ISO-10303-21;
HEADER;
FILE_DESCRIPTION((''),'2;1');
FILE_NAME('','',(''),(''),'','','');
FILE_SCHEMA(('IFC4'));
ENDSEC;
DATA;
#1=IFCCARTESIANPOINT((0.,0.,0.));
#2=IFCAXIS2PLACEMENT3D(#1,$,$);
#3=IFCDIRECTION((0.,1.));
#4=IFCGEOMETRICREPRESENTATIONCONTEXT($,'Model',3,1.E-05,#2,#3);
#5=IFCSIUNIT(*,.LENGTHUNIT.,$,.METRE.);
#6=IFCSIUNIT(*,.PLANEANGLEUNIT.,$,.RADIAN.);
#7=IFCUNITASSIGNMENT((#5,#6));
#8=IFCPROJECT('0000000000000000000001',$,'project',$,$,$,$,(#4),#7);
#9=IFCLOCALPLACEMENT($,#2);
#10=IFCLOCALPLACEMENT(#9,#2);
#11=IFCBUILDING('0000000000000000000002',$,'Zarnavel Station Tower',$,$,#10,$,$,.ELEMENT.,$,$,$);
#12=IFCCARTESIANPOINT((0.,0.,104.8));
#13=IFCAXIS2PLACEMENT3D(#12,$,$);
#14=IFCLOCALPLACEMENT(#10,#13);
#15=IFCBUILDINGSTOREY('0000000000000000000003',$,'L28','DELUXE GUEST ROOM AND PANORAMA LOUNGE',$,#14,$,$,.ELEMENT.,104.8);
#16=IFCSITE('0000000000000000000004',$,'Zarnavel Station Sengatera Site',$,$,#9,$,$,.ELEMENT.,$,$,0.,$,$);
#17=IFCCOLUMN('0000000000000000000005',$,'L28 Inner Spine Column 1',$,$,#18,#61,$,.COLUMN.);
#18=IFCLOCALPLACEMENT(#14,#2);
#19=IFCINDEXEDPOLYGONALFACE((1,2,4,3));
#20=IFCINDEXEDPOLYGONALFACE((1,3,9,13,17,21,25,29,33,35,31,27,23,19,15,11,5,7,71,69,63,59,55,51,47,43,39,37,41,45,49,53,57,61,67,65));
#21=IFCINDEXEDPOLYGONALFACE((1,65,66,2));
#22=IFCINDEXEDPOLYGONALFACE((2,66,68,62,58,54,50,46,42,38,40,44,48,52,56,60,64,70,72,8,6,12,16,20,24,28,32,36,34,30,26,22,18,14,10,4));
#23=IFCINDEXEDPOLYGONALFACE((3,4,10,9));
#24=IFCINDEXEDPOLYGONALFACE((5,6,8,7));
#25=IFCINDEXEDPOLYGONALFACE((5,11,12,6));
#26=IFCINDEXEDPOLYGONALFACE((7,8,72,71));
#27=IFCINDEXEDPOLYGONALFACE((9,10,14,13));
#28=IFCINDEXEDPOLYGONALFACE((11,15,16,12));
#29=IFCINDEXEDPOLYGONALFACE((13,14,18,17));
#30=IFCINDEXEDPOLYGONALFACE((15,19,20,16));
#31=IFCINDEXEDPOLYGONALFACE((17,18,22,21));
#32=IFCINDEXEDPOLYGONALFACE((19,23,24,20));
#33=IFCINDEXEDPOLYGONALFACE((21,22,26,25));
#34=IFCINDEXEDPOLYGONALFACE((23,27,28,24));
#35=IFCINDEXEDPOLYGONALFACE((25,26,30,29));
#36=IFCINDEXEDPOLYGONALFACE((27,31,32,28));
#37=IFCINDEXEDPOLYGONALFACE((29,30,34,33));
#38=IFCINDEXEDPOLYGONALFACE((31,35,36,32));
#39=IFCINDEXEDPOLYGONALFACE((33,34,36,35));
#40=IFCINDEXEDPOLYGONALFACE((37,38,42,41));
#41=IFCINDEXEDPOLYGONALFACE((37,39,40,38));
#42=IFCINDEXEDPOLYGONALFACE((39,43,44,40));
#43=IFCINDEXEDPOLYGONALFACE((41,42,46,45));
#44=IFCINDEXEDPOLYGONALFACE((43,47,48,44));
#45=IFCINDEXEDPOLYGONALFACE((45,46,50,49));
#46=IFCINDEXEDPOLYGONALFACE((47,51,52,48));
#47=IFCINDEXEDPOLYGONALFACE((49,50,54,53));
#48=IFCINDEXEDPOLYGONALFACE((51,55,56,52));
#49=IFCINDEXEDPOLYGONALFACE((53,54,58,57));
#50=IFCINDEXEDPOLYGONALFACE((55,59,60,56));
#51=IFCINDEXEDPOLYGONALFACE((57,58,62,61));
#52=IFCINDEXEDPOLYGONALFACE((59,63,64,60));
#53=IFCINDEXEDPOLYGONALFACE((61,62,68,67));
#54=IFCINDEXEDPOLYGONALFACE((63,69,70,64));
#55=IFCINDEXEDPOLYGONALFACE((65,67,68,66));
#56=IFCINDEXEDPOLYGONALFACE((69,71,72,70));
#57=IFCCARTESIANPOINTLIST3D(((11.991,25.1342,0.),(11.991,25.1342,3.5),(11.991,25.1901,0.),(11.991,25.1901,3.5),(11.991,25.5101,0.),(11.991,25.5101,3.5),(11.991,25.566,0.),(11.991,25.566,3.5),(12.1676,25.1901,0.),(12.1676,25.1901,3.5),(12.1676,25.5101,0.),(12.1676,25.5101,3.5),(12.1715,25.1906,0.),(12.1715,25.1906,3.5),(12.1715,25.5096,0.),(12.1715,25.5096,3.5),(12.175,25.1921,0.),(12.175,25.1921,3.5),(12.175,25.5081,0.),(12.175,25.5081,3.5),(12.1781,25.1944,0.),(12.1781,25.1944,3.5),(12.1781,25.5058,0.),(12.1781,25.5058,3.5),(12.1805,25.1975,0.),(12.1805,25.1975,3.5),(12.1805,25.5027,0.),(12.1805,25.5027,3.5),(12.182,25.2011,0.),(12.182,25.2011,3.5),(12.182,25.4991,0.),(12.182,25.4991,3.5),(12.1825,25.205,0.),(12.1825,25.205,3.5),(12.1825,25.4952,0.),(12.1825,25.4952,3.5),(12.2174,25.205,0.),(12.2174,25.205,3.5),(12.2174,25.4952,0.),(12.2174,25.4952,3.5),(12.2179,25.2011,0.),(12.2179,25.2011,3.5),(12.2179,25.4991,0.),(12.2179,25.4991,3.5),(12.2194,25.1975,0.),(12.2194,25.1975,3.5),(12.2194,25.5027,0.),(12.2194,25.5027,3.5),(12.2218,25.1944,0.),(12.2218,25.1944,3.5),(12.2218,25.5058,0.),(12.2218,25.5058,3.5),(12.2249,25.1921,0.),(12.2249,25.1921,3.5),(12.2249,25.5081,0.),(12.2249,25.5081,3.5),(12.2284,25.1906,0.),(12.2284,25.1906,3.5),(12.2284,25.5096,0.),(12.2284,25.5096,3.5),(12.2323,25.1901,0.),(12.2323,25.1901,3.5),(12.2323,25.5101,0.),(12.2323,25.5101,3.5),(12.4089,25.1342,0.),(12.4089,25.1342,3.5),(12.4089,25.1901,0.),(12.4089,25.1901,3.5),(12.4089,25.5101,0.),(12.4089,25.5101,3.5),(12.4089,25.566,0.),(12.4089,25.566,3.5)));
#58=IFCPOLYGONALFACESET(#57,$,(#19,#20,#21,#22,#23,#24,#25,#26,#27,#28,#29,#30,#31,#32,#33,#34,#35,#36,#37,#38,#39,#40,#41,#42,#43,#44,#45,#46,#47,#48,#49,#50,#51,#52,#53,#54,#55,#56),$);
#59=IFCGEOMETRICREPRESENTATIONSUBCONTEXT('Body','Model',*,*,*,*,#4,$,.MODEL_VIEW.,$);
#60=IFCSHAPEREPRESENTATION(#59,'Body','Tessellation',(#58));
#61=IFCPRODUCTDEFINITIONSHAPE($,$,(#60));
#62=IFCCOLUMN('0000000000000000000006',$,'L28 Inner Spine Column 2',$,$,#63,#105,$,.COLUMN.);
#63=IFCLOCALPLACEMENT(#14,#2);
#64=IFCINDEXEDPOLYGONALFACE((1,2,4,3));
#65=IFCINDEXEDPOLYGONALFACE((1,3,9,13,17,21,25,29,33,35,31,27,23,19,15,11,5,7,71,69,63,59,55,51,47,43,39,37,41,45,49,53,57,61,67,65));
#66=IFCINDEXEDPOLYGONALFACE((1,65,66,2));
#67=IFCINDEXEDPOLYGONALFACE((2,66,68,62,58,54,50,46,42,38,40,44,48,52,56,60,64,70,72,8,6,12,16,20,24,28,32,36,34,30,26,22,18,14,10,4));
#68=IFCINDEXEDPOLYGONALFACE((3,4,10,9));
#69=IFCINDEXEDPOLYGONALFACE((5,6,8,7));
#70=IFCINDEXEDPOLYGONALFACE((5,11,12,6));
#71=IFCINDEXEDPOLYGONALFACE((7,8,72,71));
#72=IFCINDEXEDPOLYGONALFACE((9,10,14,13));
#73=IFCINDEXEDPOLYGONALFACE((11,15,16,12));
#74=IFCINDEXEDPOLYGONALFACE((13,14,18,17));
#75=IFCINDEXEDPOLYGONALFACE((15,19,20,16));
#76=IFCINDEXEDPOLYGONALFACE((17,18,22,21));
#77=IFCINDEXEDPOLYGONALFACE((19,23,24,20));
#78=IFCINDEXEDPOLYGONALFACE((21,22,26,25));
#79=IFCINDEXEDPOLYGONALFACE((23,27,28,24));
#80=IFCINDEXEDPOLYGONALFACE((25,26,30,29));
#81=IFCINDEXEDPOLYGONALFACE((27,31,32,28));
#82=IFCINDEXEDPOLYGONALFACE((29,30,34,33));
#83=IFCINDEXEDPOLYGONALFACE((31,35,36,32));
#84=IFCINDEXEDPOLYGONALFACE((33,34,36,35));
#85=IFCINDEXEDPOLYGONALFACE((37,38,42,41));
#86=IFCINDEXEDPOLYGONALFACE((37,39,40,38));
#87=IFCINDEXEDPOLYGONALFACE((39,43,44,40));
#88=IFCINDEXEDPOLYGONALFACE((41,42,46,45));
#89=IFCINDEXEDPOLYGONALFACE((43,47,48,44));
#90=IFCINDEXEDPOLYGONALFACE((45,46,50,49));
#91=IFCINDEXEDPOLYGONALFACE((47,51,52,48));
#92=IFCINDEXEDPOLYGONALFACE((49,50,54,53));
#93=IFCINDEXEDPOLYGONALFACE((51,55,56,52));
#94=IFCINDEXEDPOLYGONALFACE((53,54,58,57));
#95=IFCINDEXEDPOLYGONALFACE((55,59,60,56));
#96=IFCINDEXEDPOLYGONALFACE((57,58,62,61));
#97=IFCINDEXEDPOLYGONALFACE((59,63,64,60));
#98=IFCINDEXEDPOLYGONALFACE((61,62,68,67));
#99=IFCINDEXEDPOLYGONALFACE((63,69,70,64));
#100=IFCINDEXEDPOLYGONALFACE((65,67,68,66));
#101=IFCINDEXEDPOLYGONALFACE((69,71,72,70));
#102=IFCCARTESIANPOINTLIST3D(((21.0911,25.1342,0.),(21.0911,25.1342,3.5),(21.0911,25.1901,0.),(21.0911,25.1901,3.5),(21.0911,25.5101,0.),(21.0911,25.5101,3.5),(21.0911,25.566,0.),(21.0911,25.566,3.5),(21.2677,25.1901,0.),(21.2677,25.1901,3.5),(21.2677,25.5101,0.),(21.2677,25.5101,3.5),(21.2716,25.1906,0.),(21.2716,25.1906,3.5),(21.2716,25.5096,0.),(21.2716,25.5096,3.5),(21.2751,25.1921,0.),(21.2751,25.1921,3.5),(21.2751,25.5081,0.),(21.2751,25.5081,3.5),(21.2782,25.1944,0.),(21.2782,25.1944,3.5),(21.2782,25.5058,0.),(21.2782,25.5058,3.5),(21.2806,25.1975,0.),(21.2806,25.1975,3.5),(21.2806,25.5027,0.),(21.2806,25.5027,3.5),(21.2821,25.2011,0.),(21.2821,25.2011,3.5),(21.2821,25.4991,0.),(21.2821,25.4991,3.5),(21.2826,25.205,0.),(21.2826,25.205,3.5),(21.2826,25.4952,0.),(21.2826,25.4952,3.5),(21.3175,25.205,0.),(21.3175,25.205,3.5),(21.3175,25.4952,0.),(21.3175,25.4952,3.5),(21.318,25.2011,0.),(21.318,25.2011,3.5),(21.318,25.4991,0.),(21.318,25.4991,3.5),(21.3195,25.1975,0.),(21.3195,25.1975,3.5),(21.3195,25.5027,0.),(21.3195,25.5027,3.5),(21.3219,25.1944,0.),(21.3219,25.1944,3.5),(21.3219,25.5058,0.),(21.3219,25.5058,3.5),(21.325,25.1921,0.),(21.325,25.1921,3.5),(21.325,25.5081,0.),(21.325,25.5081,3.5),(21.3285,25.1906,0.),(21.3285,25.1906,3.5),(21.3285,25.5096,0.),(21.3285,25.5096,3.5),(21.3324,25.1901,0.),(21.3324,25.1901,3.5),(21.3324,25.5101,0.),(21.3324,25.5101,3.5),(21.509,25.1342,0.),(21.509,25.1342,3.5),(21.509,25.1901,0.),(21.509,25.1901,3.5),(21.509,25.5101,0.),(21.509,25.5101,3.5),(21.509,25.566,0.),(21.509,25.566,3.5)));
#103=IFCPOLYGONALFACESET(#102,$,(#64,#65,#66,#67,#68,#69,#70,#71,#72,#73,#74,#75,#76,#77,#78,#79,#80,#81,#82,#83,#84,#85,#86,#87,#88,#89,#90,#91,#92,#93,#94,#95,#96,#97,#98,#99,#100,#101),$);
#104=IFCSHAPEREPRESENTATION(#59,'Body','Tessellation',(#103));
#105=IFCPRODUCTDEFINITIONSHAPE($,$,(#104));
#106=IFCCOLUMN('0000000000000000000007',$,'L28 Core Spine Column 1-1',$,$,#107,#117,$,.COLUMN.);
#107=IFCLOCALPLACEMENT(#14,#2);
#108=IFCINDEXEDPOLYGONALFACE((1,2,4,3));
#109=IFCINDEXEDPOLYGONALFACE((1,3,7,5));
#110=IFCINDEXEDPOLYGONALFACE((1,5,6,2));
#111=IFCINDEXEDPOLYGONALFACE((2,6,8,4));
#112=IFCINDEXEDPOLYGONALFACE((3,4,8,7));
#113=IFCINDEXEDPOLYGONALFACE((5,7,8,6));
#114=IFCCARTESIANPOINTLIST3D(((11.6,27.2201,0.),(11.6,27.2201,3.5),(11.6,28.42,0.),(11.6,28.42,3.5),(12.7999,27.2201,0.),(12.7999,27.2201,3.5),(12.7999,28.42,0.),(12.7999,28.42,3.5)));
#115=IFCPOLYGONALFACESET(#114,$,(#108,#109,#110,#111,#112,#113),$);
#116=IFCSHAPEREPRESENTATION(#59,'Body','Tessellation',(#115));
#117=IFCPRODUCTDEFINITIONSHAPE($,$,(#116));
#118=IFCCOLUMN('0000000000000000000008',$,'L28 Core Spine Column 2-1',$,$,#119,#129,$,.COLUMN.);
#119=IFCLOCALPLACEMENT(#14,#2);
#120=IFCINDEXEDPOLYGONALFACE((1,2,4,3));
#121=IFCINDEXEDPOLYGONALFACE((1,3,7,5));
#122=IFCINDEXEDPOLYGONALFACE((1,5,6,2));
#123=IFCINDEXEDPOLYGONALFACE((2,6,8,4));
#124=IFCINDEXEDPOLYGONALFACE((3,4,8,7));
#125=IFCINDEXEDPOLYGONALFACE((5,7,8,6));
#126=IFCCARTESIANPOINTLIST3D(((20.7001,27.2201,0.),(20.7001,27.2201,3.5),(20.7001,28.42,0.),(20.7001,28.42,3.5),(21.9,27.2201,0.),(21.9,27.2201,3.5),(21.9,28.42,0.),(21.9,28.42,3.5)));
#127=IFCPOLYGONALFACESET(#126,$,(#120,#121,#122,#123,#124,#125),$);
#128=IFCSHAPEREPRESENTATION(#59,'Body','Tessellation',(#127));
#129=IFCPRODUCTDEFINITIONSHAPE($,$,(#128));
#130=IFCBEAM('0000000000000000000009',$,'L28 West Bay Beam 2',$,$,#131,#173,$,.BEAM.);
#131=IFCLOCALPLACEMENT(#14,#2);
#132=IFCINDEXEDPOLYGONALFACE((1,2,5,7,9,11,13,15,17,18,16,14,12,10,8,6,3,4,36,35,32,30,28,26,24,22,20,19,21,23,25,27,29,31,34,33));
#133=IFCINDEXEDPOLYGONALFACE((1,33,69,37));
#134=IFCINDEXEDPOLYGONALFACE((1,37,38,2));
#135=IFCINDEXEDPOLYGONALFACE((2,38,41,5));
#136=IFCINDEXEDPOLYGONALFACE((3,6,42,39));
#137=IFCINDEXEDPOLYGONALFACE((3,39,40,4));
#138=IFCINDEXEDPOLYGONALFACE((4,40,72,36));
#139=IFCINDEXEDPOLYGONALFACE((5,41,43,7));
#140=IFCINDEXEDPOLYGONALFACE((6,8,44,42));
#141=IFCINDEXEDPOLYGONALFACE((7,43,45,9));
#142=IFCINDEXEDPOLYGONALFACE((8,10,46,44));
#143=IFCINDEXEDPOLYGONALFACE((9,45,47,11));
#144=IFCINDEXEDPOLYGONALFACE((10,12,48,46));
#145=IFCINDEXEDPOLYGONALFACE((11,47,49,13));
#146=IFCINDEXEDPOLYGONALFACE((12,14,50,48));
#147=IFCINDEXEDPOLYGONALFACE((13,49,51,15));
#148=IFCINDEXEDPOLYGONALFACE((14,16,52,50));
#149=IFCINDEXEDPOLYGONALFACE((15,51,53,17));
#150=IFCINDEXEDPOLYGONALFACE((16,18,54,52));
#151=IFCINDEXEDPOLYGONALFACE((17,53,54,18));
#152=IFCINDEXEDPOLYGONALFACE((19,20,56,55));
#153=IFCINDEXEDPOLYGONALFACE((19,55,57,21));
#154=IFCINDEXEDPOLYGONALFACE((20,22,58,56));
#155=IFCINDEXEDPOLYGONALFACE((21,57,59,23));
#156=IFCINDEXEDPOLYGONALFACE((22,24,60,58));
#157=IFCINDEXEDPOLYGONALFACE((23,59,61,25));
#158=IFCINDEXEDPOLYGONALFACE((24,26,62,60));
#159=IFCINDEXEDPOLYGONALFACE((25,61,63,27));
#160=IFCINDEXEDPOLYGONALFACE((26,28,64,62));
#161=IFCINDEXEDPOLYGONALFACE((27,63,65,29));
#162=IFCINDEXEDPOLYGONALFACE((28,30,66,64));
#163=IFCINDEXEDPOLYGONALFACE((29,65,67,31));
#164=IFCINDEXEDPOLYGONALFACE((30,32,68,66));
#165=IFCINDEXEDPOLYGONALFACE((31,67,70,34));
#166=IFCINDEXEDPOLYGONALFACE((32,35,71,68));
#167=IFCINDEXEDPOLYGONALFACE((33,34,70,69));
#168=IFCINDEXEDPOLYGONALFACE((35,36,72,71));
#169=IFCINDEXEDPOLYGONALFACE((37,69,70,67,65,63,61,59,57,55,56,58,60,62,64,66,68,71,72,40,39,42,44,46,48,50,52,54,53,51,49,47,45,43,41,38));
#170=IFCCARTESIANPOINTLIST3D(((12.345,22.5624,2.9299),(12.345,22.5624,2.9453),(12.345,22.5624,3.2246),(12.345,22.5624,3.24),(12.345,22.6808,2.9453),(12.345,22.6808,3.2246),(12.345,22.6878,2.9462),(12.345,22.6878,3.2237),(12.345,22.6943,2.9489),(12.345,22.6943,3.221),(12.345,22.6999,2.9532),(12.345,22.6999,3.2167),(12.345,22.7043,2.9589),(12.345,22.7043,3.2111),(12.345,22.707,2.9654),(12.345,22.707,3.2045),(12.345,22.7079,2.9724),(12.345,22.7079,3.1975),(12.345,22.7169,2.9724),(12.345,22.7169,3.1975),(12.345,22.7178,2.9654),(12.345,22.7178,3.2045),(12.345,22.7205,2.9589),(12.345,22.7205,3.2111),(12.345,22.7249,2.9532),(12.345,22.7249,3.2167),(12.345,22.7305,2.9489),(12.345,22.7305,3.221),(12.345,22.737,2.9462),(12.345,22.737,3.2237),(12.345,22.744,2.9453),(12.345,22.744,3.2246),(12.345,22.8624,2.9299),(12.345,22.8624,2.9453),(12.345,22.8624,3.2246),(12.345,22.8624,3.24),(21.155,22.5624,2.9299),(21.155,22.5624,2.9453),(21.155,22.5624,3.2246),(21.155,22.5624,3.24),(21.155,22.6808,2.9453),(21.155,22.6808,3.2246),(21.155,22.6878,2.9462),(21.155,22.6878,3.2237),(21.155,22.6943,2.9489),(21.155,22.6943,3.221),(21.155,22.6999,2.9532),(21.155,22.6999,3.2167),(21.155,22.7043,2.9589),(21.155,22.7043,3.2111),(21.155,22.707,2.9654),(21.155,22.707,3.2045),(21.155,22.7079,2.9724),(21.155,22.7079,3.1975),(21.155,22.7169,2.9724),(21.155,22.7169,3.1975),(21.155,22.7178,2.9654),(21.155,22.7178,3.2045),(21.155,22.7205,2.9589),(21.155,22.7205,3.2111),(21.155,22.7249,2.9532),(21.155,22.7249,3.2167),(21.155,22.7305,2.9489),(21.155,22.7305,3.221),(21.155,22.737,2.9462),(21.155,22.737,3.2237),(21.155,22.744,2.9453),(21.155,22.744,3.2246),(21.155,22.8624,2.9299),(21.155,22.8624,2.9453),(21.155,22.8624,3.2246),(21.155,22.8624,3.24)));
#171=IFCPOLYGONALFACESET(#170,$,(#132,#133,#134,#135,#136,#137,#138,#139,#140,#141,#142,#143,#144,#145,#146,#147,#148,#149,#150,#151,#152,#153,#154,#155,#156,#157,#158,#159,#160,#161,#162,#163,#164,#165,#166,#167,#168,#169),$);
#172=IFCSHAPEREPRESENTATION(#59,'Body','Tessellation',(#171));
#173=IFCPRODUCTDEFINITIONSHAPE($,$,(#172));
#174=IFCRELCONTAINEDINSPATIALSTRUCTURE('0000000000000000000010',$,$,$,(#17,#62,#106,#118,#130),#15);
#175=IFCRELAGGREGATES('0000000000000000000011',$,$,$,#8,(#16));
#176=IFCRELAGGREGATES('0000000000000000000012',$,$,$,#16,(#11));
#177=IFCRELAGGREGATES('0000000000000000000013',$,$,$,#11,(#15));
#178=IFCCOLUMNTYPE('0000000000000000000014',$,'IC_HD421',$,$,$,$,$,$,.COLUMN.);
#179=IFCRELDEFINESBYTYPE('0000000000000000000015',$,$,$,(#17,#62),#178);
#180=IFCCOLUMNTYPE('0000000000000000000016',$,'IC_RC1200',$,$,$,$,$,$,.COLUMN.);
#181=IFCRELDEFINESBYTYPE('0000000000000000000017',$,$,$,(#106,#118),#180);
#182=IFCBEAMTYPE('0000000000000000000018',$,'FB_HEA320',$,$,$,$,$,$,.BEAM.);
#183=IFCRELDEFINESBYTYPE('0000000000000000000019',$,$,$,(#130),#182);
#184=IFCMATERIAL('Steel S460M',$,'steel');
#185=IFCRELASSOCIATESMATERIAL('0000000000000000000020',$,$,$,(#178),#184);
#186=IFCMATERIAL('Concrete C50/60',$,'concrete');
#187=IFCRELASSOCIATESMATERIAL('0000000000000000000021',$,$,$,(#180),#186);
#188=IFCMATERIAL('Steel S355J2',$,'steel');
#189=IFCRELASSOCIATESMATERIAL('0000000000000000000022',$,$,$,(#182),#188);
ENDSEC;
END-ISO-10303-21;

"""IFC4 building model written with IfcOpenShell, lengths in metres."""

from ifc_helpers import new_model, si_unit, direction, frame, origin, origin_2d, place, context, subcontext, project, spatial, rectangle, i_section, extrude, material, material_profile, profile_set, type_object, element, save


model = new_model("IFC4")

# Units and contexts
model_context = context("Model", 3, precision=1e-05, world=origin(), true_north=direction((0.0, 1.0)))
body_context = subcontext(model_context, "Body", "Model", "MODEL_VIEW")
ifc_project = project(units=[si_unit("LENGTHUNIT", "METRE"), si_unit("PLANEANGLEUNIT", "RADIAN")], contexts=[model_context])

# Site, building, storey
site_placement = place(None, origin())
site = spatial("IfcSite", under=ifc_project, at=site_placement, Name="Zarnavel Station Sengatera Site", CompositionType="ELEMENT", RefElevation=0.0)
building_placement = place(site_placement, origin())
building = spatial("IfcBuilding", under=site, at=building_placement, Name="Zarnavel Station Tower", CompositionType="ELEMENT")
storey_placement = place(building_placement, frame((0.0, 0.0, 104.8)))
storey = spatial("IfcBuildingStorey", under=building, at=storey_placement, Name="L28", Description="DELUXE GUEST ROOM AND PANORAMA LOUNGE", CompositionType="ELEMENT", Elevation=104.8)

# Columns
ifc_material_1 = material(Name="Steel S460M", Category="steel")
ifc_material_profile_1 = material_profile(ifc_material_1, i_section(OverallWidth=0.418, OverallDepth=0.4319, WebThickness=0.0349, FlangeThickness=0.0559, FilletRadius=0.0149, at=origin_2d()), Name="HD400x421")
ifc_profile_set_1 = profile_set([ifc_material_profile_1], Name="Steel S460M")
column_type_1 = type_object("IfcColumnType", Name="IC_HD421", PredefinedType="COLUMN", material=ifc_profile_set_1)
for number, where, z_axis, x_axis, name in (
    (1, (12.2, 25.3501, 0.0), (0.0, 0.0, 1.0), (1.0, 0.0, 0.0), "L28 Inner Spine Column 1"),
    (2, (21.3, 25.3501, 0.0), (0.0, 0.0, 1.0), (1.0, 0.0, 0.0), "L28 Inner Spine Column 2"),
):
    element("IfcColumn", number, at=place(storey_placement, frame(where, z_axis=z_axis, x_axis=x_axis)), inside=storey, type_object=column_type_1, Name=name, PredefinedType="COLUMN", context=body_context, shape_type="SweptSolid", body=[
        extrude(i_section(OverallWidth=0.418, OverallDepth=0.4319, WebThickness=0.0349, FlangeThickness=0.0559, FilletRadius=0.0149, at=origin_2d()), origin(), (0.0, 0.0, 1.0), 3.5),
    ])
ifc_material_2 = material(Name="Concrete C50/60", Category="concrete")
ifc_material_profile_2 = material_profile(ifc_material_2, rectangle(XDim=1.2, YDim=1.2, at=origin_2d()), Name="RC1200x1200")
ifc_profile_set_2 = profile_set([ifc_material_profile_2], Name="Concrete C50/60")
column_type_2 = type_object("IfcColumnType", Name="IC_RC1200", PredefinedType="COLUMN", material=ifc_profile_set_2)
for number, where, z_axis, x_axis, name in (
    (3, (12.2, 27.8201, 0.0), (0.0, 0.0, 1.0), (1.0, 0.0, 0.0), "L28 Core Spine Column 1-1"),
    (4, (21.3, 27.8201, 0.0), (0.0, 0.0, 1.0), (1.0, 0.0, 0.0), "L28 Core Spine Column 2-1"),
):
    element("IfcColumn", number, at=place(storey_placement, frame(where, z_axis=z_axis, x_axis=x_axis)), inside=storey, type_object=column_type_2, Name=name, PredefinedType="COLUMN", context=body_context, shape_type="SweptSolid", body=[
        extrude(rectangle(XDim=1.2, YDim=1.2, at=origin_2d()), origin(), (0.0, 0.0, 1.0), 3.5),
    ])

# Beam
ifc_material_3 = material(Name="Steel S355J2", Category="steel")
ifc_material_profile_3 = material_profile(ifc_material_3, i_section(OverallWidth=0.3, OverallDepth=0.3101, WebThickness=0.009, FlangeThickness=0.0154, FilletRadius=0.0271, at=origin_2d()), Name="HEA320")
ifc_profile_set_3 = profile_set([ifc_material_profile_3], Name="Steel S355J2")
beam_type_1 = type_object("IfcBeamType", Name="FB_HEA320", PredefinedType="BEAM", material=ifc_profile_set_3)
beam_1_placement = place(storey_placement, frame((12.345, 22.7124, 3.085), z_axis=(1.0, 0.0, 0.0), x_axis=(0.0, 1.0, 0.0)))
element("IfcBeam", 5, at=beam_1_placement, inside=storey, type_object=beam_type_1, Name="L28 West Bay Beam 2", PredefinedType="BEAM", context=body_context, shape_type="SweptSolid", body=[
    extrude(i_section(OverallWidth=0.3, OverallDepth=0.3101, WebThickness=0.009, FlangeThickness=0.0154, FilletRadius=0.0271, at=origin_2d()), origin(), (0.0, 0.0, 1.0), 8.8101),
])

save(model, "model.ifc")
